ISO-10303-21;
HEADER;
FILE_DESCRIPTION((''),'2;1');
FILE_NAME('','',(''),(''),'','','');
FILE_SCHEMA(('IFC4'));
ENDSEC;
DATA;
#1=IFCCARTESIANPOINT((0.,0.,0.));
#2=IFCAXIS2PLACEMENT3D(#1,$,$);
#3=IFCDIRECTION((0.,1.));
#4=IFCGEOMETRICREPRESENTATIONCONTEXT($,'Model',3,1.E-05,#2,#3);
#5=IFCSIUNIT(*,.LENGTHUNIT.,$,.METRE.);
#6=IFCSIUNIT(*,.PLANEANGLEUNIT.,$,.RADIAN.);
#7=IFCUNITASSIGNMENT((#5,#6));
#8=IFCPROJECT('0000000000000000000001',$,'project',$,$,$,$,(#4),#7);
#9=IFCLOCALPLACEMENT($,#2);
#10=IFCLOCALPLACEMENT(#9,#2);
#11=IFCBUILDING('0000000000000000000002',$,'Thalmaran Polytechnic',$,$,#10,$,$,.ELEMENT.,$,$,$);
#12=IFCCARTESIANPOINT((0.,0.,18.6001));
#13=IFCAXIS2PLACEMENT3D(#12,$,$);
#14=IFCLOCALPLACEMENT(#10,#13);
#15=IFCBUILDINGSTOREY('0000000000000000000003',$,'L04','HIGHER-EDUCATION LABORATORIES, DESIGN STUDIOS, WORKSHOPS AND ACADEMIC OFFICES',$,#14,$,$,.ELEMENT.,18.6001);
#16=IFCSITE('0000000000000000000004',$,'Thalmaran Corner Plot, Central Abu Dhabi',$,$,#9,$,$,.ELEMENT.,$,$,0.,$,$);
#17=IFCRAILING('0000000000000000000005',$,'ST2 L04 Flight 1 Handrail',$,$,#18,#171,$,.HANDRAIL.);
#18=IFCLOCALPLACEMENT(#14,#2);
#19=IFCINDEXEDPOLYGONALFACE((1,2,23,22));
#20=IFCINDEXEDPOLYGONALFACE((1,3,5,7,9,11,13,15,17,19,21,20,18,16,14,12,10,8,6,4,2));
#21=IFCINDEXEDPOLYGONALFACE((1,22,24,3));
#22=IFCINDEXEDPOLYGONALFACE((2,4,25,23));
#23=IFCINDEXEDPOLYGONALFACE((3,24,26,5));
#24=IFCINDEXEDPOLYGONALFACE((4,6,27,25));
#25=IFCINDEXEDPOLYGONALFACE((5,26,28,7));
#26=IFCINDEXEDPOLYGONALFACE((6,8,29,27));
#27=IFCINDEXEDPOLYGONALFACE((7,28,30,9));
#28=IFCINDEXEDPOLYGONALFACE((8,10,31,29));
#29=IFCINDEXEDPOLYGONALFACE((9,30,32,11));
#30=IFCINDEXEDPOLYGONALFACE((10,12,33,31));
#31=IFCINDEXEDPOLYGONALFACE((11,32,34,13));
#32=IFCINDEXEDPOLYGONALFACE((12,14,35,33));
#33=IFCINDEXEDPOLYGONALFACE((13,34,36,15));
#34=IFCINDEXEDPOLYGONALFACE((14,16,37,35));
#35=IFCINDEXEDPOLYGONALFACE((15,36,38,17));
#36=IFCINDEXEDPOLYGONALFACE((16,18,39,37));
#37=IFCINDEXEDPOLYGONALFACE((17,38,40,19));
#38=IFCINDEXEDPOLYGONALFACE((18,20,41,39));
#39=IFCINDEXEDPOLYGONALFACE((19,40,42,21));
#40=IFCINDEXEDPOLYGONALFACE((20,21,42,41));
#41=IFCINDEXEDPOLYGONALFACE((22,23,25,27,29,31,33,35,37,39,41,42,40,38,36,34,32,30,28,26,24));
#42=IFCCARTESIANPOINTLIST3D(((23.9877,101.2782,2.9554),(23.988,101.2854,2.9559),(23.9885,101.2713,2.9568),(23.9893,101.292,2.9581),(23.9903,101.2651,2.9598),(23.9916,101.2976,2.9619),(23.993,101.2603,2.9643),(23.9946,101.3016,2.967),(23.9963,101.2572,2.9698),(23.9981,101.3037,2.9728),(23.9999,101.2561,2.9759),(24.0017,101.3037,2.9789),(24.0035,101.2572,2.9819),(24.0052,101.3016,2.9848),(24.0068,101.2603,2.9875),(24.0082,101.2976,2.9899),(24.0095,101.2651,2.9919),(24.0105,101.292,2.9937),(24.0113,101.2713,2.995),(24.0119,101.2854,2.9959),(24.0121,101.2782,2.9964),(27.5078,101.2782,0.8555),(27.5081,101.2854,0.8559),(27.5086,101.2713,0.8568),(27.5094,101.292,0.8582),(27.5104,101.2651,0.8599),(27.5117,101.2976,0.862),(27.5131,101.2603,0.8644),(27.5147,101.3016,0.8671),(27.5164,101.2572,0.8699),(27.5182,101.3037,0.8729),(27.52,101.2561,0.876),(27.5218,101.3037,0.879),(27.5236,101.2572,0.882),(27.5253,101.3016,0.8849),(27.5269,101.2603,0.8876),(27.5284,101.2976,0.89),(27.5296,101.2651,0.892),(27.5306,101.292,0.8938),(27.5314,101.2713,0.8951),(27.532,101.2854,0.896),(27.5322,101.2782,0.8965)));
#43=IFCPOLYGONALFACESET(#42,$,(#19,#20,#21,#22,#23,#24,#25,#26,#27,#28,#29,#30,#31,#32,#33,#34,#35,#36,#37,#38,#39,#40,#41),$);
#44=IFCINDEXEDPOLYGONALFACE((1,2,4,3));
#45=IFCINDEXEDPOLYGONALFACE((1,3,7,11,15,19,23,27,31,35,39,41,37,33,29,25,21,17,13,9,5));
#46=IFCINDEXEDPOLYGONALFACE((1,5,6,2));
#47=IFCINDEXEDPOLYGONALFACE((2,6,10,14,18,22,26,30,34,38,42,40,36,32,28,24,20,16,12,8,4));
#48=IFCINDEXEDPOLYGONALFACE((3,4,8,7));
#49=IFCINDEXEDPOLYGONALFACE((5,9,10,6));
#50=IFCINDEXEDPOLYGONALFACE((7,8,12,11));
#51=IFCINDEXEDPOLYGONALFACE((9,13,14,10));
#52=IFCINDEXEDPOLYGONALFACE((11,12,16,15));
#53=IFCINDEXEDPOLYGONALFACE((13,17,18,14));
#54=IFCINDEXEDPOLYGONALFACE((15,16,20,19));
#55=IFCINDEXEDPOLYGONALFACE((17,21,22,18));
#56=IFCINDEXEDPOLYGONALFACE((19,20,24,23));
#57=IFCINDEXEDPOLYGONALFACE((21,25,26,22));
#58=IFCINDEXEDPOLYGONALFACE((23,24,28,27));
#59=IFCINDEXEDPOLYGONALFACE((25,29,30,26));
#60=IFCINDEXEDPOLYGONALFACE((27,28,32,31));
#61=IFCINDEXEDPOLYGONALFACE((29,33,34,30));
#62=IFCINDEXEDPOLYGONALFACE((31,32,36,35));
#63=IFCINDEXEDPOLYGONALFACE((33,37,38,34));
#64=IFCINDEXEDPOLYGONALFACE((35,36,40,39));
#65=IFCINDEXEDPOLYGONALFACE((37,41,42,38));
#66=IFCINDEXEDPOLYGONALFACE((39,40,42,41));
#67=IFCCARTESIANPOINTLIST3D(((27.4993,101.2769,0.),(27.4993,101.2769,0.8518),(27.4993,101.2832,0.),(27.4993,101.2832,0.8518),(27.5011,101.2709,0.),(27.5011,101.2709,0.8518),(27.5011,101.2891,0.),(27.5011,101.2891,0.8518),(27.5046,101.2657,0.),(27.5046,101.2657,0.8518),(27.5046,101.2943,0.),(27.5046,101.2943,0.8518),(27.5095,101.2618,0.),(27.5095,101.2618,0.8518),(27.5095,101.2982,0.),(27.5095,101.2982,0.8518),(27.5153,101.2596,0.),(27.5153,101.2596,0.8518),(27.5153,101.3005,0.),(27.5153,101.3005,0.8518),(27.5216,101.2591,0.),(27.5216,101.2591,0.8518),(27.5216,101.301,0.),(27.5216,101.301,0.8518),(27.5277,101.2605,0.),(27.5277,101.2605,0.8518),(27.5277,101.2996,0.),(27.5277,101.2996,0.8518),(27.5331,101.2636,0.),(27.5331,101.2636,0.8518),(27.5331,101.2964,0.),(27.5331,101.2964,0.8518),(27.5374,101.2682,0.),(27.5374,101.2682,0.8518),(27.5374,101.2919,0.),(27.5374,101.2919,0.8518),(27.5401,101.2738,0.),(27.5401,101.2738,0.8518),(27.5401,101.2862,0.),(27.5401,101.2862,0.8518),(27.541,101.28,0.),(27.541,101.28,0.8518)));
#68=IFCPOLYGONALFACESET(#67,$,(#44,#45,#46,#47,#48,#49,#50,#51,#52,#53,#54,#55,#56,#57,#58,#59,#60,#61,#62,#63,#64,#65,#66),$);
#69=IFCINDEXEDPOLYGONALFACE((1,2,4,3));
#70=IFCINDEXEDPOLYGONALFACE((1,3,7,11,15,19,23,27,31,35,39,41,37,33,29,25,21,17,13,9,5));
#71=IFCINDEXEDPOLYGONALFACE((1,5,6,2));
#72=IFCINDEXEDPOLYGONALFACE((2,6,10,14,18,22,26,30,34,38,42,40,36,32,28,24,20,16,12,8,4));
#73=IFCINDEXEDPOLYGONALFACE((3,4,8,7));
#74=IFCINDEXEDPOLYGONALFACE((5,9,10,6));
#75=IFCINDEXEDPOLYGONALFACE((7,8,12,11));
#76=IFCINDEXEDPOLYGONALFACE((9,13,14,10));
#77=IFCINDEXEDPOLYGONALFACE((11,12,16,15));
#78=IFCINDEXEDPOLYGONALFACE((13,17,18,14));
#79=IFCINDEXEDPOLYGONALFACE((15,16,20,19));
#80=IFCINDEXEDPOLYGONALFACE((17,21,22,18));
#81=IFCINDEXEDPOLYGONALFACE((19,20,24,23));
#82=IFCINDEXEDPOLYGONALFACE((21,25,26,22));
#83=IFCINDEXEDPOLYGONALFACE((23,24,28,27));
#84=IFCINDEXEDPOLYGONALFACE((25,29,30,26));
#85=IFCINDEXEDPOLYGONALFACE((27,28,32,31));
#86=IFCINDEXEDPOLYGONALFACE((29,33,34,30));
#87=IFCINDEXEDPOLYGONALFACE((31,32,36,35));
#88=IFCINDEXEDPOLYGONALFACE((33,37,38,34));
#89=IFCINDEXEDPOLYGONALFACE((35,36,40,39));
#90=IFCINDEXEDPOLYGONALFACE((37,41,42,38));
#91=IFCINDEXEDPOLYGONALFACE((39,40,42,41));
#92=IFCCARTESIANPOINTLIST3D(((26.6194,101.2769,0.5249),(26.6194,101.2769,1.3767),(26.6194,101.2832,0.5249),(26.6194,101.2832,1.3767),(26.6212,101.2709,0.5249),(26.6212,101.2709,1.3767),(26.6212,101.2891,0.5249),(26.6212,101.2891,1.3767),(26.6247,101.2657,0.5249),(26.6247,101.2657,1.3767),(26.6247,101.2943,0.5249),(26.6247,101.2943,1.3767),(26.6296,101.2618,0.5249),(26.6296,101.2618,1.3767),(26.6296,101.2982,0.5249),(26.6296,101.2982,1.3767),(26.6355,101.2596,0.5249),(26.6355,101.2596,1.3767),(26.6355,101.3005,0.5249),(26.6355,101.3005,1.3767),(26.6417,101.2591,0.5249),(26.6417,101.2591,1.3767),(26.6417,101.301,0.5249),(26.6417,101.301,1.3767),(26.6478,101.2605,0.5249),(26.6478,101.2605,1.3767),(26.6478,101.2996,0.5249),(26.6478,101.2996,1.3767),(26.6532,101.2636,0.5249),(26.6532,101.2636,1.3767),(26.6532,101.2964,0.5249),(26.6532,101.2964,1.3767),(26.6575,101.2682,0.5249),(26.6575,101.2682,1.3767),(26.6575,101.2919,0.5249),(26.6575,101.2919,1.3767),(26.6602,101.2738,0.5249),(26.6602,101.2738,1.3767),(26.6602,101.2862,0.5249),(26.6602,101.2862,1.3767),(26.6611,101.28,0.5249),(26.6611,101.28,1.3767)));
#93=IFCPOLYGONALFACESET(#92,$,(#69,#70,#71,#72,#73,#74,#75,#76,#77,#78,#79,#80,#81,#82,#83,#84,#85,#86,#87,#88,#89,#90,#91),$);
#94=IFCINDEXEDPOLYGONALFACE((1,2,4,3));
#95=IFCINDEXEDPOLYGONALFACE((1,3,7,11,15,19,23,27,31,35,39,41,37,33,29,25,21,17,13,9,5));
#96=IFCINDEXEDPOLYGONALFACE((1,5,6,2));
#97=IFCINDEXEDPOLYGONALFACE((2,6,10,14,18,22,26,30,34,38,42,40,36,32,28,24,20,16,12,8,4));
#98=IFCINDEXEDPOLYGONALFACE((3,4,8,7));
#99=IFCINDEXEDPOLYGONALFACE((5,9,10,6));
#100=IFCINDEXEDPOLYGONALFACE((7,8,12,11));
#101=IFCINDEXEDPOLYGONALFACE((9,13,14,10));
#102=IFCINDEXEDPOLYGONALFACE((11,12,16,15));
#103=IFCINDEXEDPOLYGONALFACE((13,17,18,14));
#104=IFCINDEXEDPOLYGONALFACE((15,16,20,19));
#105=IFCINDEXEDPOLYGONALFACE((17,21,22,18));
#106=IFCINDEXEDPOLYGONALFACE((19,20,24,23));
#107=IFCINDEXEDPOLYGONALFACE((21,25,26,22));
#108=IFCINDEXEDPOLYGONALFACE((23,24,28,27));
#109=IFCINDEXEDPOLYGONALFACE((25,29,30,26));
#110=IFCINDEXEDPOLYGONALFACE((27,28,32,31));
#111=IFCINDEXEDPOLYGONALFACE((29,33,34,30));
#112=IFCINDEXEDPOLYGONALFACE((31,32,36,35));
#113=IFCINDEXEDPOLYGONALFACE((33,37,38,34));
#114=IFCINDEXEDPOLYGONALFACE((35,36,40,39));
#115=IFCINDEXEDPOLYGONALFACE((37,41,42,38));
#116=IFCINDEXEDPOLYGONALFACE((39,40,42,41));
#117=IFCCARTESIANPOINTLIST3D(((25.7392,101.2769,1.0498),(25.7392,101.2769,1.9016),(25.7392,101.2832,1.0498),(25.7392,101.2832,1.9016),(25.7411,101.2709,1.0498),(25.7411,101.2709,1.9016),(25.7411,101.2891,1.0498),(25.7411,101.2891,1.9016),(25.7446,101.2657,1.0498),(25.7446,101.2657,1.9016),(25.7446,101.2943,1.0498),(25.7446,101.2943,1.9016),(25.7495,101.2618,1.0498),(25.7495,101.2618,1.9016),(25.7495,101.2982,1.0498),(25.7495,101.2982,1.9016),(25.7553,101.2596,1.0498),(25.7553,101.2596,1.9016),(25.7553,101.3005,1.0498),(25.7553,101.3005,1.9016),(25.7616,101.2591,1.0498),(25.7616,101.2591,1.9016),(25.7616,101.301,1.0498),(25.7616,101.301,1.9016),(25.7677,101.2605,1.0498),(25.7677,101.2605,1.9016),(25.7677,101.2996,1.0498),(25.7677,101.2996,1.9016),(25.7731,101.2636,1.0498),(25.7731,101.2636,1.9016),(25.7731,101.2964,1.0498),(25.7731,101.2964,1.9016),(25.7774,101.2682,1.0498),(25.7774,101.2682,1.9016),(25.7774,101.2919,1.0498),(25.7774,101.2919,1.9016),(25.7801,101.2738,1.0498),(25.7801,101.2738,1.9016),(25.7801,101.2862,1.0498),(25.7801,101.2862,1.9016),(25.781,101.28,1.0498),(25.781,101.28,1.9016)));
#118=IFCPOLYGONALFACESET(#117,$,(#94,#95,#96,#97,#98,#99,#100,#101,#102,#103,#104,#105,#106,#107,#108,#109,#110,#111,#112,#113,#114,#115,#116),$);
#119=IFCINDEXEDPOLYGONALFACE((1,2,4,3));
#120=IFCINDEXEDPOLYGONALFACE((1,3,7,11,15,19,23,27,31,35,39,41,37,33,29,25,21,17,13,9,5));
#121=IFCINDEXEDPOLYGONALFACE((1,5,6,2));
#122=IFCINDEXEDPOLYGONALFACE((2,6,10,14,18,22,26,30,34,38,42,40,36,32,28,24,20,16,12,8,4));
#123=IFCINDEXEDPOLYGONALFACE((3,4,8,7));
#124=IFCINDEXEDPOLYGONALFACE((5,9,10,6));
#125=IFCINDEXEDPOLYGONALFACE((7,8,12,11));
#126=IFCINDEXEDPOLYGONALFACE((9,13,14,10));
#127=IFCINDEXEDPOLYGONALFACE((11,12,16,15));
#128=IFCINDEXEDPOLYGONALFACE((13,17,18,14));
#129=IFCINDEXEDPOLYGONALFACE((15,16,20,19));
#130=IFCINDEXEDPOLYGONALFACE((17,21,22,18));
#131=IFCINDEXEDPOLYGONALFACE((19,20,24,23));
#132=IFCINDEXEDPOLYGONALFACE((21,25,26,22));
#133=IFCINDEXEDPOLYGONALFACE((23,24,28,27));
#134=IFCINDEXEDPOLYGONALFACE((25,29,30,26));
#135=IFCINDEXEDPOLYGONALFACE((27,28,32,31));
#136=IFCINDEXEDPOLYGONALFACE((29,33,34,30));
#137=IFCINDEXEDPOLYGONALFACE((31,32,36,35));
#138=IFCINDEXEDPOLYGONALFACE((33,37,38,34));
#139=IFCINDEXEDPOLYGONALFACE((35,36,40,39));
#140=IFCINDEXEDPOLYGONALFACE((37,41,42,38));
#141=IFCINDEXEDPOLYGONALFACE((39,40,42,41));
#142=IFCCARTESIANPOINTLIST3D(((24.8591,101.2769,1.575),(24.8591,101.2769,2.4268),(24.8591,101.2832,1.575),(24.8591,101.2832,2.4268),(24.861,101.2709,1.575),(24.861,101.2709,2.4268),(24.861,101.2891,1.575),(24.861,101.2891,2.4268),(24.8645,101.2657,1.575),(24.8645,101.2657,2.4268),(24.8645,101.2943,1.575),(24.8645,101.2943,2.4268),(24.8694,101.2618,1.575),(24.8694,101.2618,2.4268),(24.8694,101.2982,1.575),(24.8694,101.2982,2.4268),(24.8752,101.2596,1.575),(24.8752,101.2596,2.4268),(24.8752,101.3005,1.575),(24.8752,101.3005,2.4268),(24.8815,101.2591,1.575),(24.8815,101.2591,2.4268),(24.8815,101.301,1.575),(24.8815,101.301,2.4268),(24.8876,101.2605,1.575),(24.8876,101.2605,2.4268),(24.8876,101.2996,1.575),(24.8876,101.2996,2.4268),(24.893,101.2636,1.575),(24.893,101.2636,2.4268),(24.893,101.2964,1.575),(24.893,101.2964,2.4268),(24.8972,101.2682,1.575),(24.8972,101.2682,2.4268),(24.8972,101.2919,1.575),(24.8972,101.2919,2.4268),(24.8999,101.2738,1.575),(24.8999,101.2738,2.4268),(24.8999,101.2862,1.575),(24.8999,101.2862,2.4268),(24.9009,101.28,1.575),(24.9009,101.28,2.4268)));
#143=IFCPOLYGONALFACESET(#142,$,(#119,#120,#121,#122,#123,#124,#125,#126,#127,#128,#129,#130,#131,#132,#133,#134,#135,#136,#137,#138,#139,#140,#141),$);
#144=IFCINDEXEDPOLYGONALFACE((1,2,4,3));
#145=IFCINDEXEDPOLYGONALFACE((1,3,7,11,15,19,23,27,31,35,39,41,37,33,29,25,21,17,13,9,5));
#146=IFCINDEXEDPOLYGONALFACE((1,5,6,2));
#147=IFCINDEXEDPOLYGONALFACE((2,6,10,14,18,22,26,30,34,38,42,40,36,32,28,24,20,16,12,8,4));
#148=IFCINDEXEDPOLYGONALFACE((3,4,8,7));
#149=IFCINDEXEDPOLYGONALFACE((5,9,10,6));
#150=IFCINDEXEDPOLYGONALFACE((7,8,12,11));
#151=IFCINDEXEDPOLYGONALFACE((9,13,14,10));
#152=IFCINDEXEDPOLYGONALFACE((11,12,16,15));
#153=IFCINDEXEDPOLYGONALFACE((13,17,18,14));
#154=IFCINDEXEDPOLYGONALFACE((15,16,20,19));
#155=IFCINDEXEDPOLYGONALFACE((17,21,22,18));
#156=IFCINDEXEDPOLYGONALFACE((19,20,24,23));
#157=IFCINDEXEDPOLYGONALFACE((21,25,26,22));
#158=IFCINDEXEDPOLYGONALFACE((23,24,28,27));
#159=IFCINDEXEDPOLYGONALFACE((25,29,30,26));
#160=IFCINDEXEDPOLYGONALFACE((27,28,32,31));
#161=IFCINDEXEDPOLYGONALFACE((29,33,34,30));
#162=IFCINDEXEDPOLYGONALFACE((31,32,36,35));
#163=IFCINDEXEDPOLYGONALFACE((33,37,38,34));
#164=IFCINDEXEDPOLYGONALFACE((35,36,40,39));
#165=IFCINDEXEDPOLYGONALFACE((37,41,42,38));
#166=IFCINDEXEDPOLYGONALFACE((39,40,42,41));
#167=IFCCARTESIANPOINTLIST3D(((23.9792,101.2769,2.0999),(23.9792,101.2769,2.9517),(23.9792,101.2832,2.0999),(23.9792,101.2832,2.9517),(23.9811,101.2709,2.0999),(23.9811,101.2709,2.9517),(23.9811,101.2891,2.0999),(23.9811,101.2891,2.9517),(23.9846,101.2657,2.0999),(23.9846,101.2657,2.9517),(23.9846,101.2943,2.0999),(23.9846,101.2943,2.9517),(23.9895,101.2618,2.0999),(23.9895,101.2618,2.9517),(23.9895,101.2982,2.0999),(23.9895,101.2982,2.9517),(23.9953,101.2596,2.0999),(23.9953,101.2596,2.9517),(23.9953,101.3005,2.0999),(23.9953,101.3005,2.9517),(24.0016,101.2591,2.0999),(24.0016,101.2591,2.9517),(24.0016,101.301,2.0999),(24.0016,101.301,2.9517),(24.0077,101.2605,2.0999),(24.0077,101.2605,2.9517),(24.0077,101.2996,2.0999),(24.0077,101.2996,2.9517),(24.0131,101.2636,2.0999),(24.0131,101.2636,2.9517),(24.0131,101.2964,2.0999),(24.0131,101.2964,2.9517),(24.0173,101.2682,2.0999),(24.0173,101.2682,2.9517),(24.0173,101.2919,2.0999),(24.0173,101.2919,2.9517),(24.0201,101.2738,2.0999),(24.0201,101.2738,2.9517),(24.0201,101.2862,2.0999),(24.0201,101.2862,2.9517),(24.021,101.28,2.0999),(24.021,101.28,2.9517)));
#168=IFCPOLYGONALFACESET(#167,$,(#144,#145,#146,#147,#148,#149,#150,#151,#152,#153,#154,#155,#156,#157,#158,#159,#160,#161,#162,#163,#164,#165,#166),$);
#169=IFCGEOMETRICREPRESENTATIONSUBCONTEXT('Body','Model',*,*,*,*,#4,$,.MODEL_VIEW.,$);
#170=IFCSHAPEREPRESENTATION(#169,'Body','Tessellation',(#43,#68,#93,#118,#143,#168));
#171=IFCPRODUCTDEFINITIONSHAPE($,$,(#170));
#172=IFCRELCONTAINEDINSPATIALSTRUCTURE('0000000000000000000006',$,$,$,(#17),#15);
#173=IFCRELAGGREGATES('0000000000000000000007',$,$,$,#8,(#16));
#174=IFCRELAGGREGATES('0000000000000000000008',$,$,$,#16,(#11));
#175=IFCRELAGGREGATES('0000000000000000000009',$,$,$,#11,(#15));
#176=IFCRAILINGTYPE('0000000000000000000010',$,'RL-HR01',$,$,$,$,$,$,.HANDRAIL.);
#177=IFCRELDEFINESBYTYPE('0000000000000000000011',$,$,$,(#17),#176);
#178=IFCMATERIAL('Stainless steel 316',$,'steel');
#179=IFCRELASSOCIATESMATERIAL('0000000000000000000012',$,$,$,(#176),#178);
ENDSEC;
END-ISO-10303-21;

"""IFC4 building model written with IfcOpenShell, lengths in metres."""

from ifc_helpers import new_model, si_unit, direction, frame, origin, origin_2d, place, context, subcontext, project, spatial, circle, extrude, material, type_object, element, save


model = new_model("IFC4")

# Units and contexts
model_context = context("Model", 3, precision=1e-05, world=origin(), true_north=direction((0.0, 1.0)))
body_context = subcontext(model_context, "Body", "Model", "MODEL_VIEW")
ifc_project = project(units=[si_unit("LENGTHUNIT", "METRE"), si_unit("PLANEANGLEUNIT", "RADIAN")], contexts=[model_context])

# Site, building, storey
site_placement = place(None, origin())
site = spatial("IfcSite", under=ifc_project, at=site_placement, Name="Thalmaran Corner Plot, Central Abu Dhabi", CompositionType="ELEMENT", RefElevation=0.0)
building_placement = place(site_placement, origin())
building = spatial("IfcBuilding", under=site, at=building_placement, Name="Thalmaran Polytechnic", CompositionType="ELEMENT")
storey_placement = place(building_placement, frame((0.0, 0.0, 18.6001)))
storey = spatial("IfcBuildingStorey", under=building, at=storey_placement, Name="L04", Description="HIGHER-EDUCATION LABORATORIES, DESIGN STUDIOS, WORKSHOPS AND ACADEMIC OFFICES", CompositionType="ELEMENT", Elevation=18.6001)

# Railing
ifc_material_1 = material(Name="Stainless steel 316", Category="steel")
railing_type_1 = type_object("IfcRailingType", Name="RL-HR01", PredefinedType="HANDRAIL", material=ifc_material_1)
railing_1_placement = place(storey_placement, frame((27.52, 101.28, 0.0)))
element("IfcRailing", 1, at=railing_1_placement, inside=storey, type_object=railing_type_1, Name="ST2 L04 Flight 1 Handrail", PredefinedType="HANDRAIL", context=body_context, shape_type="SweptSolid", body=[
    extrude(circle(Radius=0.0239, at=origin_2d()), frame((0.0, 0.0, 0.876), z_axis=(-0.858799, 0.0, 0.512313), x_axis=(0.0, -1.0, 0.0)), (0.0, 0.0, 1.0), 4.0989),
    extrude(circle(Radius=0.021, at=origin_2d()), origin(), (0.0, 0.0, 1.0), 0.8518),
    extrude(circle(Radius=0.021, at=origin_2d()), frame((-0.8799, 0.0, 0.5249)), (0.0, 0.0, 1.0), 0.8518),
    extrude(circle(Radius=0.021, at=origin_2d()), frame((-1.76, 0.0, 1.0498)), (0.0, 0.0, 1.0), 0.8518),
    extrude(circle(Radius=0.021, at=origin_2d()), frame((-2.6401, 0.0, 1.575)), (0.0, 0.0, 1.0), 0.8518),
    extrude(circle(Radius=0.021, at=origin_2d()), frame((-3.52, 0.0, 2.0999)), (0.0, 0.0, 1.0), 0.8518),
])

save(model, "model.ifc")
